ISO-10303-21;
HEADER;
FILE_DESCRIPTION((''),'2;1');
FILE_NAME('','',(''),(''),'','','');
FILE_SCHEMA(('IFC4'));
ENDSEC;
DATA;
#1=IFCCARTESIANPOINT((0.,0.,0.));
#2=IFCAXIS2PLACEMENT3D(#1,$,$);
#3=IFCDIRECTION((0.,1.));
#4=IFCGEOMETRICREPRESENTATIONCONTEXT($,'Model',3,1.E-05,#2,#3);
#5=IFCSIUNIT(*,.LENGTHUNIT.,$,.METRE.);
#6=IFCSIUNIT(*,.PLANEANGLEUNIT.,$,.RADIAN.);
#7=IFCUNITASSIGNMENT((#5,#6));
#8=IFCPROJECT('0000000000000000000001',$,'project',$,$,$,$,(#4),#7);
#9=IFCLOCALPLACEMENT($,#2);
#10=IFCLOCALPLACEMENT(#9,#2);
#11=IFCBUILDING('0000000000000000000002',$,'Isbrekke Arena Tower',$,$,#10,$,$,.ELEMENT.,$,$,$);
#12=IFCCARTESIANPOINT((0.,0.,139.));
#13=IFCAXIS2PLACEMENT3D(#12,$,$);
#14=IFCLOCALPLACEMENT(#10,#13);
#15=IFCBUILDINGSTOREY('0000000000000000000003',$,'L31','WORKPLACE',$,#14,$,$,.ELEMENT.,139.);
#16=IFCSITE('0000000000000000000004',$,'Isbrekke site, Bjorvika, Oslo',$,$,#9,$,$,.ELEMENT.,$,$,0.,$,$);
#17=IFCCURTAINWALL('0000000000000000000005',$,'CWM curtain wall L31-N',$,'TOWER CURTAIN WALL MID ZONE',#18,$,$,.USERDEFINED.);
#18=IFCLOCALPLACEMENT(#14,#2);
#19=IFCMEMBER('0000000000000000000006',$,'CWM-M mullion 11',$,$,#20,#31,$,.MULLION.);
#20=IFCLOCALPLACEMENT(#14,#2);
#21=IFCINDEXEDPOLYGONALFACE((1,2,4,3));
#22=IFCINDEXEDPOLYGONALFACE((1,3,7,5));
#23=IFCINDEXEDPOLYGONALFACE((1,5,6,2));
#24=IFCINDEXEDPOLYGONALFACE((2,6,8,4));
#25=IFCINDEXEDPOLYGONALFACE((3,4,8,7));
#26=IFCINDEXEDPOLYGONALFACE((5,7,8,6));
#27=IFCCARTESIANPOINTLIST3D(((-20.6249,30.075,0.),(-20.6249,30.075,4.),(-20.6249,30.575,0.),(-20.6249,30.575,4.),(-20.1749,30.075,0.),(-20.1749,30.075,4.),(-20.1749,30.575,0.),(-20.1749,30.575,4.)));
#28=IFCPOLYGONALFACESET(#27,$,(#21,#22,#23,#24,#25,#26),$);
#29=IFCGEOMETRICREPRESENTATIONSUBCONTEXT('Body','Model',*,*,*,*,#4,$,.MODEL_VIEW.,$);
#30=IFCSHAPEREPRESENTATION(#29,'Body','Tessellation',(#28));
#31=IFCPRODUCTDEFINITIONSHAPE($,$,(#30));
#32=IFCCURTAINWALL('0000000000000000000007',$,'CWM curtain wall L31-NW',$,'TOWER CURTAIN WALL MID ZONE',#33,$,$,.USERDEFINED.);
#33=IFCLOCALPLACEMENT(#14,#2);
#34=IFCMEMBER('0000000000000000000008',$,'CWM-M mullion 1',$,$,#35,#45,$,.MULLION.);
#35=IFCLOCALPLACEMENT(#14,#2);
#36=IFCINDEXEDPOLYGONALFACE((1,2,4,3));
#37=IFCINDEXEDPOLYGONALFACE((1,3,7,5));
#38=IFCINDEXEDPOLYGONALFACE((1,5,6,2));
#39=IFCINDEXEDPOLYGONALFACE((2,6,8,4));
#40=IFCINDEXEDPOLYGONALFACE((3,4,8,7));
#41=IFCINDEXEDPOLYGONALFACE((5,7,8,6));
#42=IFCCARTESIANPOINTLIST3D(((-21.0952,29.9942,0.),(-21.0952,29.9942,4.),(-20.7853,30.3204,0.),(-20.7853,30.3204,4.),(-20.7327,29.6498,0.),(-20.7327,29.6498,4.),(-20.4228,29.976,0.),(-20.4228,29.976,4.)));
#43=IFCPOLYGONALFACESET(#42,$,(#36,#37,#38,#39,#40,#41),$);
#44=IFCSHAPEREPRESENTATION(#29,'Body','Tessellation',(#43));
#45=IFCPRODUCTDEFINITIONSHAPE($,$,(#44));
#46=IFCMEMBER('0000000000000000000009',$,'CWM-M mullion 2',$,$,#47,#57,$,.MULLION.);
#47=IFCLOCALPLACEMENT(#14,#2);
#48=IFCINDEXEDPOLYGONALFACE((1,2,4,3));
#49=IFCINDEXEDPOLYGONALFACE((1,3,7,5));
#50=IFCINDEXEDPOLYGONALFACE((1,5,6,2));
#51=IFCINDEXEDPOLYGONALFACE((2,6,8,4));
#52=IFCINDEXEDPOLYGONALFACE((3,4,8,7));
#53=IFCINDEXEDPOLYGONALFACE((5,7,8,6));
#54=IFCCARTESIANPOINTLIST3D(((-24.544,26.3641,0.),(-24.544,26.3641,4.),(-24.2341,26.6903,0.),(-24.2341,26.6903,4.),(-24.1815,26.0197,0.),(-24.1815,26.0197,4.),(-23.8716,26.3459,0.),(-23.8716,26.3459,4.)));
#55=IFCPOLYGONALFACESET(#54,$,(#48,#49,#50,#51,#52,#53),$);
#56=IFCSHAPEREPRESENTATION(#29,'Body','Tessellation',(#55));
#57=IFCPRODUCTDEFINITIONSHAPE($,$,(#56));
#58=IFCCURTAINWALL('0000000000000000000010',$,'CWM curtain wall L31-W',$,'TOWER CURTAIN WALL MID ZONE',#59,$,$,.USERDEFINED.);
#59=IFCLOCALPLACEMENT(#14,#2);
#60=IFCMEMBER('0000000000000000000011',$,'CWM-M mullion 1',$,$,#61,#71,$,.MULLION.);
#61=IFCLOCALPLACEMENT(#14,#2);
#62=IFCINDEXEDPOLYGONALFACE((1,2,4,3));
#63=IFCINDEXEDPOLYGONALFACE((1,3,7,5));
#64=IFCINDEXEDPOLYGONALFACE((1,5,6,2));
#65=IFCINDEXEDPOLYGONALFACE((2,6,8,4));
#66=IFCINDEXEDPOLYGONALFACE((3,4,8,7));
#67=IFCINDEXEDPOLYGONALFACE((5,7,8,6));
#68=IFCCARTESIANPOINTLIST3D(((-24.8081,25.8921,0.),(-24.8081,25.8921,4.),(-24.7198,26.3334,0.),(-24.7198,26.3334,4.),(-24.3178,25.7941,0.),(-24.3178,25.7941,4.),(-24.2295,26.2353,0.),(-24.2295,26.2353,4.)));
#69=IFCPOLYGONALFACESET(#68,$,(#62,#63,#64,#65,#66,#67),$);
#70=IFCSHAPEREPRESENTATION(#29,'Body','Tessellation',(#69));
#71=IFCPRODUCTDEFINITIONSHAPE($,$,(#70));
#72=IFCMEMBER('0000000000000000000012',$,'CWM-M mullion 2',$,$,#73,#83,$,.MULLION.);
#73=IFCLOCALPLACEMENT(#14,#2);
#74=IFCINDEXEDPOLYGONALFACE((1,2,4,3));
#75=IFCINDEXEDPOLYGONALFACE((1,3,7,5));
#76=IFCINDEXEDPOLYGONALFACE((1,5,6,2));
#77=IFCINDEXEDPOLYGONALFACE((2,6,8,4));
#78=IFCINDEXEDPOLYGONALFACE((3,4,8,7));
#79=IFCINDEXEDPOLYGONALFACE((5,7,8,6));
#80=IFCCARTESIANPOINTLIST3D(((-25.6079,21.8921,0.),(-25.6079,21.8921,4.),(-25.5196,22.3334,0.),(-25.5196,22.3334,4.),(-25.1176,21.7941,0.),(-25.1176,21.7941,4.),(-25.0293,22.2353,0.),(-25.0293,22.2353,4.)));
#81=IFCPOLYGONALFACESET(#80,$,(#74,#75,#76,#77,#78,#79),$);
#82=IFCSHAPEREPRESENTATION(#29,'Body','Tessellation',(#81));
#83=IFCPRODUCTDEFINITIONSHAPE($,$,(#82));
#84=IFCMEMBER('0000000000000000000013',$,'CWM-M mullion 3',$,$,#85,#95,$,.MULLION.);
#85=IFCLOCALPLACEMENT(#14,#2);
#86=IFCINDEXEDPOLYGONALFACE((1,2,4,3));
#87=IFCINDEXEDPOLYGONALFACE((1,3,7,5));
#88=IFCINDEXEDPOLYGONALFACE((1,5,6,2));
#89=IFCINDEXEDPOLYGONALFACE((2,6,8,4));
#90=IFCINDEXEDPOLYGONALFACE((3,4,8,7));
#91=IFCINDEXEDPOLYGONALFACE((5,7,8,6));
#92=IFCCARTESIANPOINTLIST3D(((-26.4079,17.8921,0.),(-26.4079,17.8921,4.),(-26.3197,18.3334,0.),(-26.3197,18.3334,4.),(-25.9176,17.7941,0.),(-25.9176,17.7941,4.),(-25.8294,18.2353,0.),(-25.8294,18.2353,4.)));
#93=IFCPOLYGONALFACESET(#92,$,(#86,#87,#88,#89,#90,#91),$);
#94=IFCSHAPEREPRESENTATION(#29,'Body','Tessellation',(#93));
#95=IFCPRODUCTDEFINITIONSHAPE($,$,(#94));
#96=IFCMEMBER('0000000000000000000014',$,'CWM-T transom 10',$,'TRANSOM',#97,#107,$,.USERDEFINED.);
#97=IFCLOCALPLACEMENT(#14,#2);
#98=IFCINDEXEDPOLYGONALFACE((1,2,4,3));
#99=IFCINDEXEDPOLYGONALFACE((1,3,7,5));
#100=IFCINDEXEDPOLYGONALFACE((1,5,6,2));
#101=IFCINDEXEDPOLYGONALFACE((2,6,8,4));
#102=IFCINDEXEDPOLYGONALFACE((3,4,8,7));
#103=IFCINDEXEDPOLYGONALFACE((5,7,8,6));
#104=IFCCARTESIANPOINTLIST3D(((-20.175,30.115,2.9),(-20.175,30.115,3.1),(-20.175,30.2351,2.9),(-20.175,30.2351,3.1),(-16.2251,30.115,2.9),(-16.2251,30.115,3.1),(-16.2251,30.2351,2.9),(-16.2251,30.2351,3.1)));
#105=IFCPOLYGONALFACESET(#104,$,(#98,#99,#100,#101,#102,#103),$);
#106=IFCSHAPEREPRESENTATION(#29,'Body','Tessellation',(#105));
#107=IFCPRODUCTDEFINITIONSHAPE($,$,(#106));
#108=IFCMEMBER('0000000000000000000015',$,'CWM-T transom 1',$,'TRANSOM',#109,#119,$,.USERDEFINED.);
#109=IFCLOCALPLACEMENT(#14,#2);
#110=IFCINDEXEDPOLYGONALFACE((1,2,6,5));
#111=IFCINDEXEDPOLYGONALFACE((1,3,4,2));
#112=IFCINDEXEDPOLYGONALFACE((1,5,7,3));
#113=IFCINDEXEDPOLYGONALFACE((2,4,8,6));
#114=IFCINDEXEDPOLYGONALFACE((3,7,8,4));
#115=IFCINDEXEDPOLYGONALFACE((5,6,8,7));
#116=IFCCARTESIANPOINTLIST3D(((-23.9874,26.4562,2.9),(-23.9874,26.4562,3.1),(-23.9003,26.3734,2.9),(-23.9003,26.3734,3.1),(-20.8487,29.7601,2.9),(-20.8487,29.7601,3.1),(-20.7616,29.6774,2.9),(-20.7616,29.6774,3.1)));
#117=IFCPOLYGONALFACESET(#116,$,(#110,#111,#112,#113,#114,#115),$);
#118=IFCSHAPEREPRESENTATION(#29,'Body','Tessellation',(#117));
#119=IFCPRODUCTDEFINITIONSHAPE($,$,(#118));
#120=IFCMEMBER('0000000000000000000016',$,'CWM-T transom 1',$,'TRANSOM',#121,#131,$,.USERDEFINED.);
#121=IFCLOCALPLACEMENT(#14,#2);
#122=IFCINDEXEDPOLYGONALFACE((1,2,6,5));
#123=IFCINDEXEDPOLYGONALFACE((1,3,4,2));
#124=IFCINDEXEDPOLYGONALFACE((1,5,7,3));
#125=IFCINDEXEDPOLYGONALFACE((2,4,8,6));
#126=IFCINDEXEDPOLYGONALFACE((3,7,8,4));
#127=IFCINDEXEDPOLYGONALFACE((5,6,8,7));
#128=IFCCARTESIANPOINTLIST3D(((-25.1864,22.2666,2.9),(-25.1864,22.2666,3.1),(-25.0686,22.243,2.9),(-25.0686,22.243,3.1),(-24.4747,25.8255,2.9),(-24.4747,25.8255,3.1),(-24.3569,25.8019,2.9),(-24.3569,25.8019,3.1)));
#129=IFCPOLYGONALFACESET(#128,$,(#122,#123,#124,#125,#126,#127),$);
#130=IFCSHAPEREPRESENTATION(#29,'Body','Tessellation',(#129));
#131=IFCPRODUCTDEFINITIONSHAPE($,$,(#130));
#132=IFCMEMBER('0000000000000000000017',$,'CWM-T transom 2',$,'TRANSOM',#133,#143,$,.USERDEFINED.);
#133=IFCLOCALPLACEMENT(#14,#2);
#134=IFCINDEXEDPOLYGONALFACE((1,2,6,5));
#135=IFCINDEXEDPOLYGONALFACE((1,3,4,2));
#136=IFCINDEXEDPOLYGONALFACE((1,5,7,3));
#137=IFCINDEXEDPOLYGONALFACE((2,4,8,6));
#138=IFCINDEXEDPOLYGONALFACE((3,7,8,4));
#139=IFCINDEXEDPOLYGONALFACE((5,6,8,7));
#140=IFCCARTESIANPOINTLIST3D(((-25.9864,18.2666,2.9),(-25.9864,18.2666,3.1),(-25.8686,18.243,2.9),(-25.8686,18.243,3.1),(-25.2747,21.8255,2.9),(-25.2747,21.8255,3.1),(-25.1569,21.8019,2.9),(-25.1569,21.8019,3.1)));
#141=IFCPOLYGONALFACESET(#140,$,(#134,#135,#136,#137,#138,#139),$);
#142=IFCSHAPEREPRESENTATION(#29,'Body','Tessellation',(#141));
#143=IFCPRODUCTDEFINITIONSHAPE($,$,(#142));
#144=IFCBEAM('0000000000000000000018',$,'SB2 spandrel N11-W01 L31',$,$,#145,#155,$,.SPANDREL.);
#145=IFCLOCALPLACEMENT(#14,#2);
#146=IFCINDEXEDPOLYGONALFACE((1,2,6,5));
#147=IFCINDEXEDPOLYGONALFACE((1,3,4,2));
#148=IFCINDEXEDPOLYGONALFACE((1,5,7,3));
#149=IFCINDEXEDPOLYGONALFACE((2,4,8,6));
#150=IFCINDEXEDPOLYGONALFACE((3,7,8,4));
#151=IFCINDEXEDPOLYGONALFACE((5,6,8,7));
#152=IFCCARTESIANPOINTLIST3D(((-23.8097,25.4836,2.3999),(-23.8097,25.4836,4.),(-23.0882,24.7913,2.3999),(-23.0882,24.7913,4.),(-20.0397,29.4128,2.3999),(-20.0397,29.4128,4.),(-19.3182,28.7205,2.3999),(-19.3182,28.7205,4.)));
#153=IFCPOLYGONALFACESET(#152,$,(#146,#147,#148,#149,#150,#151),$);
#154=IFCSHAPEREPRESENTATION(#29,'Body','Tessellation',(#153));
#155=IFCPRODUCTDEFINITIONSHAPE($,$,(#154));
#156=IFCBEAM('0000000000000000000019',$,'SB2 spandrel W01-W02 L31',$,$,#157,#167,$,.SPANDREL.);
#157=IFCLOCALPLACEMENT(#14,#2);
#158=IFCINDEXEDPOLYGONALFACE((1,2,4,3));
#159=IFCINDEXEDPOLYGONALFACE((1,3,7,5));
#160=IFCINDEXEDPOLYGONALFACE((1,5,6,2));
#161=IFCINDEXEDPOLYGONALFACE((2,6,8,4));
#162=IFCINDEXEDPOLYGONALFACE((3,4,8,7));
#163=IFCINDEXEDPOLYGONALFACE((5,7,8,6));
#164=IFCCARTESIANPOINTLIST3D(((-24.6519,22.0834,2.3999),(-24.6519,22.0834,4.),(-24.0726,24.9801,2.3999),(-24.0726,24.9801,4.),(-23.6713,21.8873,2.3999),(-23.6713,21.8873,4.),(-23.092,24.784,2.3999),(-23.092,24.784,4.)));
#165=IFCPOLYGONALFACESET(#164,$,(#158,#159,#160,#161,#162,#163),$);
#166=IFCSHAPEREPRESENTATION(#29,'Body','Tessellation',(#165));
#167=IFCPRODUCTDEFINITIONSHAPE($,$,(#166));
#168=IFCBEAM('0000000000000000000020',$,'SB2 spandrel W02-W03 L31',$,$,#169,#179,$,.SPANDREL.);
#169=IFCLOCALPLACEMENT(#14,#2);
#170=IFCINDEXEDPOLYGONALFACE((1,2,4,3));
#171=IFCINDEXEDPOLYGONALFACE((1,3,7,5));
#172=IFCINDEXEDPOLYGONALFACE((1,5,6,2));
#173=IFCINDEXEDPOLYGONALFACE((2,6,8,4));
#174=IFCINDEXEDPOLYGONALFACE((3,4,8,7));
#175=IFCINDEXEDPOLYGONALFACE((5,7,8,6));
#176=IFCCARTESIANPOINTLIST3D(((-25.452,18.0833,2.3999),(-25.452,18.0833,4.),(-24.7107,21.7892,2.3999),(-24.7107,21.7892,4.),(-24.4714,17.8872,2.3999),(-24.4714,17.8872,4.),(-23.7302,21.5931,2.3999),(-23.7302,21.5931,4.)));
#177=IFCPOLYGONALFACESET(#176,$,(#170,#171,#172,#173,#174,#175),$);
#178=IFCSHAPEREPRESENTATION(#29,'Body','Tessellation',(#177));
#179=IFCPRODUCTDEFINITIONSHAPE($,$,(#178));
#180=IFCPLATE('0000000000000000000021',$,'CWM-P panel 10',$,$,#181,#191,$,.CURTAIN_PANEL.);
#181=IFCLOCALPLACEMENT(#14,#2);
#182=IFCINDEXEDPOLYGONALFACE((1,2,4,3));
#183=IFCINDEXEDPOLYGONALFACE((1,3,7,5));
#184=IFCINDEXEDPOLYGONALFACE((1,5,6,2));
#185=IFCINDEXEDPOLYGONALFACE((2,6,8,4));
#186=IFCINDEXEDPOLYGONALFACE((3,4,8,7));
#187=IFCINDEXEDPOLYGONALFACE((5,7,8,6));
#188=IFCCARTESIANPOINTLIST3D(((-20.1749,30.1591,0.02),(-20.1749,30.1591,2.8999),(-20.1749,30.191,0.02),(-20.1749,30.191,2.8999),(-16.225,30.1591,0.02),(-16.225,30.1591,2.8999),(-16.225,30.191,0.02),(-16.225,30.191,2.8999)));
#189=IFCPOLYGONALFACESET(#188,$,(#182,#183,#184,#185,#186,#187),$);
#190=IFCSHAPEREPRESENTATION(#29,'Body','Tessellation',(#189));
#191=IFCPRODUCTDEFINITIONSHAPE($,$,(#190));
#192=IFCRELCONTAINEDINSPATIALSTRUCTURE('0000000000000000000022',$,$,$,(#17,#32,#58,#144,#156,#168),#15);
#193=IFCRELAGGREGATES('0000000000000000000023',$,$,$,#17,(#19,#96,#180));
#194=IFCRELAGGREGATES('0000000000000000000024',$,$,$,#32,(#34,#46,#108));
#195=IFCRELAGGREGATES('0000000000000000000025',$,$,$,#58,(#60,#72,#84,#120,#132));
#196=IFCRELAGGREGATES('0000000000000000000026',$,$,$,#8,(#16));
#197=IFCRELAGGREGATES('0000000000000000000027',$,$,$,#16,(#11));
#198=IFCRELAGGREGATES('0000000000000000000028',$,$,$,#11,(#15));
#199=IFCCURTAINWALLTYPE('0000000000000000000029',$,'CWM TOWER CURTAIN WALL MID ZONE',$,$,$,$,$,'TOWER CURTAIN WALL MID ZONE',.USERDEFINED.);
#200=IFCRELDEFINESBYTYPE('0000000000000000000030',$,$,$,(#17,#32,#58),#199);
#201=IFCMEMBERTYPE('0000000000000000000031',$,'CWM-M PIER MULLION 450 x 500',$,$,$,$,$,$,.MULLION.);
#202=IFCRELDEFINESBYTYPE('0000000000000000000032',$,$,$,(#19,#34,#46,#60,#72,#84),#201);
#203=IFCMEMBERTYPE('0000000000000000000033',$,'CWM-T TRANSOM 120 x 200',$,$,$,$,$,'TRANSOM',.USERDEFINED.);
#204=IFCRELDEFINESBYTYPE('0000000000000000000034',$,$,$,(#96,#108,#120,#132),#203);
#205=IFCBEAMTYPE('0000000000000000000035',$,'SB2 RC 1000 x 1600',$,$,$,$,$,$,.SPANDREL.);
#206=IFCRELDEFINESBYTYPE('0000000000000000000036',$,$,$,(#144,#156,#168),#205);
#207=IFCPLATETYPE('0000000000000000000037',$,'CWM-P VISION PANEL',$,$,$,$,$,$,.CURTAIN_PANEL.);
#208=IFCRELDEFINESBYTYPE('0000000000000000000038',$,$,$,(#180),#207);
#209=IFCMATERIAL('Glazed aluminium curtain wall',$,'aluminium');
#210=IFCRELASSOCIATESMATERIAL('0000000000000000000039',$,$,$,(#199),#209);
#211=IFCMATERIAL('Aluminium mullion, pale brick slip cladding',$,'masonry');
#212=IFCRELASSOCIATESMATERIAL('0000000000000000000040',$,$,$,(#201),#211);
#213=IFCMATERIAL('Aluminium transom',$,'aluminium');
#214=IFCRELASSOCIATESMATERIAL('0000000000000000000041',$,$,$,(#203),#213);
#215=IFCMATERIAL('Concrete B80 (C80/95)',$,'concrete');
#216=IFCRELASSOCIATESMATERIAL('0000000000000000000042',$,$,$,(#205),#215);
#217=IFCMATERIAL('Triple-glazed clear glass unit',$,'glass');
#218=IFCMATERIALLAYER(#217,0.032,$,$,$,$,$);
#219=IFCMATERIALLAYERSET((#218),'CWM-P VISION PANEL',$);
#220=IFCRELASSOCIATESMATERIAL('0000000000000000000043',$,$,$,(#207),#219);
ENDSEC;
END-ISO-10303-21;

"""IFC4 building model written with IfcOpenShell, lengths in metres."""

from ifc_helpers import new_model, si_unit, direction, frame, origin, origin_2d, place, context, subcontext, project, spatial, rectangle, extrude, material, layer, layer_set, material_profile, profile_set, type_object, element, aggregate, save


model = new_model("IFC4")

# Units and contexts
model_context = context("Model", 3, precision=1e-05, world=origin(), true_north=direction((0.0, 1.0)))
body_context = subcontext(model_context, "Body", "Model", "MODEL_VIEW")
ifc_project = project(units=[si_unit("LENGTHUNIT", "METRE"), si_unit("PLANEANGLEUNIT", "RADIAN")], contexts=[model_context])

# Site, building, storey
site_placement = place(None, origin())
site = spatial("IfcSite", under=ifc_project, at=site_placement, Name="Isbrekke site, Bjorvika, Oslo", CompositionType="ELEMENT", RefElevation=0.0)
building_placement = place(site_placement, origin())
building = spatial("IfcBuilding", under=site, at=building_placement, Name="Isbrekke Arena Tower", CompositionType="ELEMENT")
storey_placement = place(building_placement, frame((0.0, 0.0, 139.0)))
storey = spatial("IfcBuildingStorey", under=building, at=storey_placement, Name="L31", Description="WORKPLACE", CompositionType="ELEMENT", Elevation=139.0)

# Curtain wall, member
ifc_material_1 = material(Name="Glazed aluminium curtain wall", Category="aluminium")
curtain_wall_type = type_object("IfcCurtainWallType", Name="CWM TOWER CURTAIN WALL MID ZONE", ElementType="TOWER CURTAIN WALL MID ZONE", PredefinedType="USERDEFINED", material=ifc_material_1)
curtain_wall_1_placement = place(storey_placement, origin())
curtain_wall_1 = element("IfcCurtainWall", 1, at=curtain_wall_1_placement, inside=storey, type_object=curtain_wall_type, Name="CWM curtain wall L31-N", ObjectType="TOWER CURTAIN WALL MID ZONE", PredefinedType="USERDEFINED")
ifc_material_2 = material(Name="Aluminium mullion, pale brick slip cladding", Category="masonry")
ifc_material_profile_1 = material_profile(ifc_material_2, rectangle(XDim=0.45, YDim=0.5, at=origin_2d()), Name="PIER 450X500")
ifc_profile_set_1 = profile_set([ifc_material_profile_1], Name="Aluminium mullion, pale brick slip cladding")
member_type_1 = type_object("IfcMemberType", Name="CWM-M PIER MULLION 450 x 500", PredefinedType="MULLION", material=ifc_profile_set_1)
member_1_placement = place(storey_placement, frame((-20.3999, 30.325, 0.0), z_axis=(0.0, 0.0, 1.0), x_axis=(-1.0, 0.0, 0.0)))
member_1 = element("IfcMember", 2, at=member_1_placement, type_object=member_type_1, Name="CWM-M mullion 11", PredefinedType="MULLION", context=body_context, shape_type="SweptSolid", body=[
    extrude(rectangle(XDim=0.45, YDim=0.5, at=origin_2d()), origin(), (0.0, 0.0, 1.0), 4.0),
])

# Curtain walls, members
curtain_wall_2_placement = place(storey_placement, origin())
curtain_wall_2 = element("IfcCurtainWall", 3, at=curtain_wall_2_placement, inside=storey, type_object=curtain_wall_type, Name="CWM curtain wall L31-NW", ObjectType="TOWER CURTAIN WALL MID ZONE", PredefinedType="USERDEFINED")
member_2_placement = place(storey_placement, frame((-20.759, 29.9851, 0.0), z_axis=(0.0, 0.0, 1.0), x_axis=(-0.688749, -0.724999, 0.0)))
member_2 = element("IfcMember", 4, at=member_2_placement, type_object=member_type_1, Name="CWM-M mullion 1", PredefinedType="MULLION", context=body_context, shape_type="SweptSolid", body=[
    extrude(rectangle(XDim=0.45, YDim=0.5, at=origin_2d()), origin(), (0.0, 0.0, 1.0), 4.0),
])
member_3_placement = place(storey_placement, frame((-24.2078, 26.355, 0.0), z_axis=(0.0, 0.0, 1.0), x_axis=(-0.688749, -0.724999, 0.0)))
member_3 = element("IfcMember", 5, at=member_3_placement, type_object=member_type_1, Name="CWM-M mullion 2", PredefinedType="MULLION", context=body_context, shape_type="SweptSolid", body=[
    extrude(rectangle(XDim=0.45, YDim=0.5, at=origin_2d()), origin(), (0.0, 0.0, 1.0), 4.0),
])
curtain_wall_3_placement = place(storey_placement, origin())
curtain_wall_3 = element("IfcCurtainWall", 6, at=curtain_wall_3_placement, inside=storey, type_object=curtain_wall_type, Name="CWM curtain wall L31-W", ObjectType="TOWER CURTAIN WALL MID ZONE", PredefinedType="USERDEFINED")
member_4_placement = place(storey_placement, frame((-24.5188, 26.0637, 0.0), z_axis=(0.0, 0.0, 1.0), x_axis=(-0.196116, -0.980581, 0.0)))
member_4 = element("IfcMember", 7, at=member_4_placement, type_object=member_type_1, Name="CWM-M mullion 1", PredefinedType="MULLION", context=body_context, shape_type="SweptSolid", body=[
    extrude(rectangle(XDim=0.45, YDim=0.5, at=origin_2d()), origin(), (0.0, 0.0, 1.0), 4.0),
])
member_5_placement = place(storey_placement, frame((-25.3186, 22.0637, 0.0), z_axis=(0.0, 0.0, 1.0), x_axis=(-0.196116, -0.980581, 0.0)))
member_5 = element("IfcMember", 8, at=member_5_placement, type_object=member_type_1, Name="CWM-M mullion 2", PredefinedType="MULLION", context=body_context, shape_type="SweptSolid", body=[
    extrude(rectangle(XDim=0.45, YDim=0.5, at=origin_2d()), origin(), (0.0, 0.0, 1.0), 4.0),
])
member_6_placement = place(storey_placement, frame((-26.1187, 18.0637, 0.0), z_axis=(0.0, 0.0, 1.0), x_axis=(-0.196116, -0.980581, 0.0)))
member_6 = element("IfcMember", 9, at=member_6_placement, type_object=member_type_1, Name="CWM-M mullion 3", PredefinedType="MULLION", context=body_context, shape_type="SweptSolid", body=[
    extrude(rectangle(XDim=0.45, YDim=0.5, at=origin_2d()), origin(), (0.0, 0.0, 1.0), 4.0),
])

# Members
ifc_material_3 = material(Name="Aluminium transom", Category="aluminium")
ifc_material_profile_2 = material_profile(ifc_material_3, rectangle(XDim=0.1201, YDim=0.2, at=origin_2d()), Name="TRANSOM 120X200")
ifc_profile_set_2 = profile_set([ifc_material_profile_2], Name="Aluminium transom")
member_type_2 = type_object("IfcMemberType", Name="CWM-T TRANSOM 120 x 200", ElementType="TRANSOM", PredefinedType="USERDEFINED", material=ifc_profile_set_2)
member_7_placement = place(storey_placement, frame((-16.2251, 30.175, 3.0), z_axis=(-1.0, 0.0, 0.0), x_axis=(0.0, -1.0, 0.0)))
member_7 = element("IfcMember", 10, at=member_7_placement, type_object=member_type_2, Name="CWM-T transom 10", ObjectType="TRANSOM", PredefinedType="USERDEFINED", context=body_context, shape_type="SweptSolid", body=[
    extrude(rectangle(XDim=0.1201, YDim=0.2, at=origin_2d()), origin(), (0.0, 0.0, 1.0), 3.95),
])
member_8_placement = place(storey_placement, frame((-20.8052, 29.7188, 3.0), z_axis=(-0.68874, -0.725009, 0.0), x_axis=(0.725009, -0.68874, 0.0)))
member_8 = element("IfcMember", 11, at=member_8_placement, type_object=member_type_2, Name="CWM-T transom 1", ObjectType="TRANSOM", PredefinedType="USERDEFINED", context=body_context, shape_type="SweptSolid", body=[
    extrude(rectangle(XDim=0.1201, YDim=0.2, at=origin_2d()), origin(), (0.0, 0.0, 1.0), 4.5571),
])
member_9_placement = place(storey_placement, frame((-24.4158, 25.8137, 3.0), z_axis=(-0.19609, -0.980586, 0.0), x_axis=(0.980586, -0.19609, 0.0)))
member_9 = element("IfcMember", 12, at=member_9_placement, type_object=member_type_2, Name="CWM-T transom 1", ObjectType="TRANSOM", PredefinedType="USERDEFINED", context=body_context, shape_type="SweptSolid", body=[
    extrude(rectangle(XDim=0.1201, YDim=0.2, at=origin_2d()), origin(), (0.0, 0.0, 1.0), 3.6294),
])
member_10_placement = place(storey_placement, frame((-25.2158, 21.8137, 3.0), z_axis=(-0.19609, -0.980586, 0.0), x_axis=(0.980586, -0.19609, 0.0)))
member_10 = element("IfcMember", 13, at=member_10_placement, type_object=member_type_2, Name="CWM-T transom 2", ObjectType="TRANSOM", PredefinedType="USERDEFINED", context=body_context, shape_type="SweptSolid", body=[
    extrude(rectangle(XDim=0.1201, YDim=0.2, at=origin_2d()), origin(), (0.0, 0.0, 1.0), 3.6294),
])

# Beams
ifc_material_4 = material(Name="Concrete B80 (C80/95)", Category="concrete")
ifc_material_profile_3 = material_profile(ifc_material_4, rectangle(XDim=1.0, YDim=1.6001, at=origin_2d()), Name="RC 1000x1600")
ifc_profile_set_3 = profile_set([ifc_material_profile_3], Name="Concrete B80 (C80/95)")
beam_type_1 = type_object("IfcBeamType", Name="SB2 RC 1000 x 1600", PredefinedType="SPANDREL", material=ifc_profile_set_3)
beam_1_placement = place(storey_placement, frame((-19.679, 29.0667, 3.2), z_axis=(-0.69234, -0.721572, 0.0), x_axis=(0.721572, -0.69234, 0.0)))
element("IfcBeam", 14, at=beam_1_placement, inside=storey, type_object=beam_type_1, Name="SB2 spandrel N11-W01 L31", PredefinedType="SPANDREL", context=body_context, shape_type="SweptSolid", body=[
    extrude(rectangle(XDim=1.0, YDim=1.6001, at=origin_2d()), origin(), (0.0, 0.0, 1.0), 5.4453),
])
beam_2_placement = place(storey_placement, frame((-23.5823, 24.8821, 3.2), z_axis=(-0.196116, -0.980581, 0.0), x_axis=(0.980581, -0.196116, 0.0)))
element("IfcBeam", 15, at=beam_2_placement, inside=storey, type_object=beam_type_1, Name="SB2 spandrel W01-W02 L31", PredefinedType="SPANDREL", context=body_context, shape_type="SweptSolid", body=[
    extrude(rectangle(XDim=1.0, YDim=1.6001, at=origin_2d()), origin(), (0.0, 0.0, 1.0), 2.9541),
])
beam_3_placement = place(storey_placement, frame((-24.2205, 21.6912, 3.2), z_axis=(-0.196129, -0.980578, 0.0), x_axis=(0.980578, -0.196129, 0.0)))
element("IfcBeam", 16, at=beam_3_placement, inside=storey, type_object=beam_type_1, Name="SB2 spandrel W02-W03 L31", PredefinedType="SPANDREL", context=body_context, shape_type="SweptSolid", body=[
    extrude(rectangle(XDim=1.0, YDim=1.6001, at=origin_2d()), origin(), (0.0, 0.0, 1.0), 3.7793),
])

# Plate
ifc_material_5 = material(Name="Triple-glazed clear glass unit", Category="glass")
ifc_layer_1 = layer(ifc_material_5, 0.032)
ifc_layer_set_1 = layer_set([ifc_layer_1], Name="CWM-P VISION PANEL")
plate_type = type_object("IfcPlateType", Name="CWM-P VISION PANEL", PredefinedType="CURTAIN_PANEL", material=ifc_layer_set_1)
plate_1_placement = place(storey_placement, frame((-18.2, 30.175, 0.02), z_axis=(0.0, 0.0, 1.0), x_axis=(-1.0, 0.0, 0.0)))
plate_1 = element("IfcPlate", 17, at=plate_1_placement, type_object=plate_type, Name="CWM-P panel 10", PredefinedType="CURTAIN_PANEL", context=body_context, shape_type="SweptSolid", body=[
    extrude(rectangle(XDim=3.95, YDim=0.032, at=origin_2d()), origin(), (0.0, 0.0, 1.0), 2.8799),
])
aggregate(curtain_wall_1, [member_1, member_7, plate_1])
aggregate(curtain_wall_2, [member_2, member_3, member_8])
aggregate(curtain_wall_3, [member_4, member_5, member_6, member_9, member_10])

save(model, "model.ifc")
